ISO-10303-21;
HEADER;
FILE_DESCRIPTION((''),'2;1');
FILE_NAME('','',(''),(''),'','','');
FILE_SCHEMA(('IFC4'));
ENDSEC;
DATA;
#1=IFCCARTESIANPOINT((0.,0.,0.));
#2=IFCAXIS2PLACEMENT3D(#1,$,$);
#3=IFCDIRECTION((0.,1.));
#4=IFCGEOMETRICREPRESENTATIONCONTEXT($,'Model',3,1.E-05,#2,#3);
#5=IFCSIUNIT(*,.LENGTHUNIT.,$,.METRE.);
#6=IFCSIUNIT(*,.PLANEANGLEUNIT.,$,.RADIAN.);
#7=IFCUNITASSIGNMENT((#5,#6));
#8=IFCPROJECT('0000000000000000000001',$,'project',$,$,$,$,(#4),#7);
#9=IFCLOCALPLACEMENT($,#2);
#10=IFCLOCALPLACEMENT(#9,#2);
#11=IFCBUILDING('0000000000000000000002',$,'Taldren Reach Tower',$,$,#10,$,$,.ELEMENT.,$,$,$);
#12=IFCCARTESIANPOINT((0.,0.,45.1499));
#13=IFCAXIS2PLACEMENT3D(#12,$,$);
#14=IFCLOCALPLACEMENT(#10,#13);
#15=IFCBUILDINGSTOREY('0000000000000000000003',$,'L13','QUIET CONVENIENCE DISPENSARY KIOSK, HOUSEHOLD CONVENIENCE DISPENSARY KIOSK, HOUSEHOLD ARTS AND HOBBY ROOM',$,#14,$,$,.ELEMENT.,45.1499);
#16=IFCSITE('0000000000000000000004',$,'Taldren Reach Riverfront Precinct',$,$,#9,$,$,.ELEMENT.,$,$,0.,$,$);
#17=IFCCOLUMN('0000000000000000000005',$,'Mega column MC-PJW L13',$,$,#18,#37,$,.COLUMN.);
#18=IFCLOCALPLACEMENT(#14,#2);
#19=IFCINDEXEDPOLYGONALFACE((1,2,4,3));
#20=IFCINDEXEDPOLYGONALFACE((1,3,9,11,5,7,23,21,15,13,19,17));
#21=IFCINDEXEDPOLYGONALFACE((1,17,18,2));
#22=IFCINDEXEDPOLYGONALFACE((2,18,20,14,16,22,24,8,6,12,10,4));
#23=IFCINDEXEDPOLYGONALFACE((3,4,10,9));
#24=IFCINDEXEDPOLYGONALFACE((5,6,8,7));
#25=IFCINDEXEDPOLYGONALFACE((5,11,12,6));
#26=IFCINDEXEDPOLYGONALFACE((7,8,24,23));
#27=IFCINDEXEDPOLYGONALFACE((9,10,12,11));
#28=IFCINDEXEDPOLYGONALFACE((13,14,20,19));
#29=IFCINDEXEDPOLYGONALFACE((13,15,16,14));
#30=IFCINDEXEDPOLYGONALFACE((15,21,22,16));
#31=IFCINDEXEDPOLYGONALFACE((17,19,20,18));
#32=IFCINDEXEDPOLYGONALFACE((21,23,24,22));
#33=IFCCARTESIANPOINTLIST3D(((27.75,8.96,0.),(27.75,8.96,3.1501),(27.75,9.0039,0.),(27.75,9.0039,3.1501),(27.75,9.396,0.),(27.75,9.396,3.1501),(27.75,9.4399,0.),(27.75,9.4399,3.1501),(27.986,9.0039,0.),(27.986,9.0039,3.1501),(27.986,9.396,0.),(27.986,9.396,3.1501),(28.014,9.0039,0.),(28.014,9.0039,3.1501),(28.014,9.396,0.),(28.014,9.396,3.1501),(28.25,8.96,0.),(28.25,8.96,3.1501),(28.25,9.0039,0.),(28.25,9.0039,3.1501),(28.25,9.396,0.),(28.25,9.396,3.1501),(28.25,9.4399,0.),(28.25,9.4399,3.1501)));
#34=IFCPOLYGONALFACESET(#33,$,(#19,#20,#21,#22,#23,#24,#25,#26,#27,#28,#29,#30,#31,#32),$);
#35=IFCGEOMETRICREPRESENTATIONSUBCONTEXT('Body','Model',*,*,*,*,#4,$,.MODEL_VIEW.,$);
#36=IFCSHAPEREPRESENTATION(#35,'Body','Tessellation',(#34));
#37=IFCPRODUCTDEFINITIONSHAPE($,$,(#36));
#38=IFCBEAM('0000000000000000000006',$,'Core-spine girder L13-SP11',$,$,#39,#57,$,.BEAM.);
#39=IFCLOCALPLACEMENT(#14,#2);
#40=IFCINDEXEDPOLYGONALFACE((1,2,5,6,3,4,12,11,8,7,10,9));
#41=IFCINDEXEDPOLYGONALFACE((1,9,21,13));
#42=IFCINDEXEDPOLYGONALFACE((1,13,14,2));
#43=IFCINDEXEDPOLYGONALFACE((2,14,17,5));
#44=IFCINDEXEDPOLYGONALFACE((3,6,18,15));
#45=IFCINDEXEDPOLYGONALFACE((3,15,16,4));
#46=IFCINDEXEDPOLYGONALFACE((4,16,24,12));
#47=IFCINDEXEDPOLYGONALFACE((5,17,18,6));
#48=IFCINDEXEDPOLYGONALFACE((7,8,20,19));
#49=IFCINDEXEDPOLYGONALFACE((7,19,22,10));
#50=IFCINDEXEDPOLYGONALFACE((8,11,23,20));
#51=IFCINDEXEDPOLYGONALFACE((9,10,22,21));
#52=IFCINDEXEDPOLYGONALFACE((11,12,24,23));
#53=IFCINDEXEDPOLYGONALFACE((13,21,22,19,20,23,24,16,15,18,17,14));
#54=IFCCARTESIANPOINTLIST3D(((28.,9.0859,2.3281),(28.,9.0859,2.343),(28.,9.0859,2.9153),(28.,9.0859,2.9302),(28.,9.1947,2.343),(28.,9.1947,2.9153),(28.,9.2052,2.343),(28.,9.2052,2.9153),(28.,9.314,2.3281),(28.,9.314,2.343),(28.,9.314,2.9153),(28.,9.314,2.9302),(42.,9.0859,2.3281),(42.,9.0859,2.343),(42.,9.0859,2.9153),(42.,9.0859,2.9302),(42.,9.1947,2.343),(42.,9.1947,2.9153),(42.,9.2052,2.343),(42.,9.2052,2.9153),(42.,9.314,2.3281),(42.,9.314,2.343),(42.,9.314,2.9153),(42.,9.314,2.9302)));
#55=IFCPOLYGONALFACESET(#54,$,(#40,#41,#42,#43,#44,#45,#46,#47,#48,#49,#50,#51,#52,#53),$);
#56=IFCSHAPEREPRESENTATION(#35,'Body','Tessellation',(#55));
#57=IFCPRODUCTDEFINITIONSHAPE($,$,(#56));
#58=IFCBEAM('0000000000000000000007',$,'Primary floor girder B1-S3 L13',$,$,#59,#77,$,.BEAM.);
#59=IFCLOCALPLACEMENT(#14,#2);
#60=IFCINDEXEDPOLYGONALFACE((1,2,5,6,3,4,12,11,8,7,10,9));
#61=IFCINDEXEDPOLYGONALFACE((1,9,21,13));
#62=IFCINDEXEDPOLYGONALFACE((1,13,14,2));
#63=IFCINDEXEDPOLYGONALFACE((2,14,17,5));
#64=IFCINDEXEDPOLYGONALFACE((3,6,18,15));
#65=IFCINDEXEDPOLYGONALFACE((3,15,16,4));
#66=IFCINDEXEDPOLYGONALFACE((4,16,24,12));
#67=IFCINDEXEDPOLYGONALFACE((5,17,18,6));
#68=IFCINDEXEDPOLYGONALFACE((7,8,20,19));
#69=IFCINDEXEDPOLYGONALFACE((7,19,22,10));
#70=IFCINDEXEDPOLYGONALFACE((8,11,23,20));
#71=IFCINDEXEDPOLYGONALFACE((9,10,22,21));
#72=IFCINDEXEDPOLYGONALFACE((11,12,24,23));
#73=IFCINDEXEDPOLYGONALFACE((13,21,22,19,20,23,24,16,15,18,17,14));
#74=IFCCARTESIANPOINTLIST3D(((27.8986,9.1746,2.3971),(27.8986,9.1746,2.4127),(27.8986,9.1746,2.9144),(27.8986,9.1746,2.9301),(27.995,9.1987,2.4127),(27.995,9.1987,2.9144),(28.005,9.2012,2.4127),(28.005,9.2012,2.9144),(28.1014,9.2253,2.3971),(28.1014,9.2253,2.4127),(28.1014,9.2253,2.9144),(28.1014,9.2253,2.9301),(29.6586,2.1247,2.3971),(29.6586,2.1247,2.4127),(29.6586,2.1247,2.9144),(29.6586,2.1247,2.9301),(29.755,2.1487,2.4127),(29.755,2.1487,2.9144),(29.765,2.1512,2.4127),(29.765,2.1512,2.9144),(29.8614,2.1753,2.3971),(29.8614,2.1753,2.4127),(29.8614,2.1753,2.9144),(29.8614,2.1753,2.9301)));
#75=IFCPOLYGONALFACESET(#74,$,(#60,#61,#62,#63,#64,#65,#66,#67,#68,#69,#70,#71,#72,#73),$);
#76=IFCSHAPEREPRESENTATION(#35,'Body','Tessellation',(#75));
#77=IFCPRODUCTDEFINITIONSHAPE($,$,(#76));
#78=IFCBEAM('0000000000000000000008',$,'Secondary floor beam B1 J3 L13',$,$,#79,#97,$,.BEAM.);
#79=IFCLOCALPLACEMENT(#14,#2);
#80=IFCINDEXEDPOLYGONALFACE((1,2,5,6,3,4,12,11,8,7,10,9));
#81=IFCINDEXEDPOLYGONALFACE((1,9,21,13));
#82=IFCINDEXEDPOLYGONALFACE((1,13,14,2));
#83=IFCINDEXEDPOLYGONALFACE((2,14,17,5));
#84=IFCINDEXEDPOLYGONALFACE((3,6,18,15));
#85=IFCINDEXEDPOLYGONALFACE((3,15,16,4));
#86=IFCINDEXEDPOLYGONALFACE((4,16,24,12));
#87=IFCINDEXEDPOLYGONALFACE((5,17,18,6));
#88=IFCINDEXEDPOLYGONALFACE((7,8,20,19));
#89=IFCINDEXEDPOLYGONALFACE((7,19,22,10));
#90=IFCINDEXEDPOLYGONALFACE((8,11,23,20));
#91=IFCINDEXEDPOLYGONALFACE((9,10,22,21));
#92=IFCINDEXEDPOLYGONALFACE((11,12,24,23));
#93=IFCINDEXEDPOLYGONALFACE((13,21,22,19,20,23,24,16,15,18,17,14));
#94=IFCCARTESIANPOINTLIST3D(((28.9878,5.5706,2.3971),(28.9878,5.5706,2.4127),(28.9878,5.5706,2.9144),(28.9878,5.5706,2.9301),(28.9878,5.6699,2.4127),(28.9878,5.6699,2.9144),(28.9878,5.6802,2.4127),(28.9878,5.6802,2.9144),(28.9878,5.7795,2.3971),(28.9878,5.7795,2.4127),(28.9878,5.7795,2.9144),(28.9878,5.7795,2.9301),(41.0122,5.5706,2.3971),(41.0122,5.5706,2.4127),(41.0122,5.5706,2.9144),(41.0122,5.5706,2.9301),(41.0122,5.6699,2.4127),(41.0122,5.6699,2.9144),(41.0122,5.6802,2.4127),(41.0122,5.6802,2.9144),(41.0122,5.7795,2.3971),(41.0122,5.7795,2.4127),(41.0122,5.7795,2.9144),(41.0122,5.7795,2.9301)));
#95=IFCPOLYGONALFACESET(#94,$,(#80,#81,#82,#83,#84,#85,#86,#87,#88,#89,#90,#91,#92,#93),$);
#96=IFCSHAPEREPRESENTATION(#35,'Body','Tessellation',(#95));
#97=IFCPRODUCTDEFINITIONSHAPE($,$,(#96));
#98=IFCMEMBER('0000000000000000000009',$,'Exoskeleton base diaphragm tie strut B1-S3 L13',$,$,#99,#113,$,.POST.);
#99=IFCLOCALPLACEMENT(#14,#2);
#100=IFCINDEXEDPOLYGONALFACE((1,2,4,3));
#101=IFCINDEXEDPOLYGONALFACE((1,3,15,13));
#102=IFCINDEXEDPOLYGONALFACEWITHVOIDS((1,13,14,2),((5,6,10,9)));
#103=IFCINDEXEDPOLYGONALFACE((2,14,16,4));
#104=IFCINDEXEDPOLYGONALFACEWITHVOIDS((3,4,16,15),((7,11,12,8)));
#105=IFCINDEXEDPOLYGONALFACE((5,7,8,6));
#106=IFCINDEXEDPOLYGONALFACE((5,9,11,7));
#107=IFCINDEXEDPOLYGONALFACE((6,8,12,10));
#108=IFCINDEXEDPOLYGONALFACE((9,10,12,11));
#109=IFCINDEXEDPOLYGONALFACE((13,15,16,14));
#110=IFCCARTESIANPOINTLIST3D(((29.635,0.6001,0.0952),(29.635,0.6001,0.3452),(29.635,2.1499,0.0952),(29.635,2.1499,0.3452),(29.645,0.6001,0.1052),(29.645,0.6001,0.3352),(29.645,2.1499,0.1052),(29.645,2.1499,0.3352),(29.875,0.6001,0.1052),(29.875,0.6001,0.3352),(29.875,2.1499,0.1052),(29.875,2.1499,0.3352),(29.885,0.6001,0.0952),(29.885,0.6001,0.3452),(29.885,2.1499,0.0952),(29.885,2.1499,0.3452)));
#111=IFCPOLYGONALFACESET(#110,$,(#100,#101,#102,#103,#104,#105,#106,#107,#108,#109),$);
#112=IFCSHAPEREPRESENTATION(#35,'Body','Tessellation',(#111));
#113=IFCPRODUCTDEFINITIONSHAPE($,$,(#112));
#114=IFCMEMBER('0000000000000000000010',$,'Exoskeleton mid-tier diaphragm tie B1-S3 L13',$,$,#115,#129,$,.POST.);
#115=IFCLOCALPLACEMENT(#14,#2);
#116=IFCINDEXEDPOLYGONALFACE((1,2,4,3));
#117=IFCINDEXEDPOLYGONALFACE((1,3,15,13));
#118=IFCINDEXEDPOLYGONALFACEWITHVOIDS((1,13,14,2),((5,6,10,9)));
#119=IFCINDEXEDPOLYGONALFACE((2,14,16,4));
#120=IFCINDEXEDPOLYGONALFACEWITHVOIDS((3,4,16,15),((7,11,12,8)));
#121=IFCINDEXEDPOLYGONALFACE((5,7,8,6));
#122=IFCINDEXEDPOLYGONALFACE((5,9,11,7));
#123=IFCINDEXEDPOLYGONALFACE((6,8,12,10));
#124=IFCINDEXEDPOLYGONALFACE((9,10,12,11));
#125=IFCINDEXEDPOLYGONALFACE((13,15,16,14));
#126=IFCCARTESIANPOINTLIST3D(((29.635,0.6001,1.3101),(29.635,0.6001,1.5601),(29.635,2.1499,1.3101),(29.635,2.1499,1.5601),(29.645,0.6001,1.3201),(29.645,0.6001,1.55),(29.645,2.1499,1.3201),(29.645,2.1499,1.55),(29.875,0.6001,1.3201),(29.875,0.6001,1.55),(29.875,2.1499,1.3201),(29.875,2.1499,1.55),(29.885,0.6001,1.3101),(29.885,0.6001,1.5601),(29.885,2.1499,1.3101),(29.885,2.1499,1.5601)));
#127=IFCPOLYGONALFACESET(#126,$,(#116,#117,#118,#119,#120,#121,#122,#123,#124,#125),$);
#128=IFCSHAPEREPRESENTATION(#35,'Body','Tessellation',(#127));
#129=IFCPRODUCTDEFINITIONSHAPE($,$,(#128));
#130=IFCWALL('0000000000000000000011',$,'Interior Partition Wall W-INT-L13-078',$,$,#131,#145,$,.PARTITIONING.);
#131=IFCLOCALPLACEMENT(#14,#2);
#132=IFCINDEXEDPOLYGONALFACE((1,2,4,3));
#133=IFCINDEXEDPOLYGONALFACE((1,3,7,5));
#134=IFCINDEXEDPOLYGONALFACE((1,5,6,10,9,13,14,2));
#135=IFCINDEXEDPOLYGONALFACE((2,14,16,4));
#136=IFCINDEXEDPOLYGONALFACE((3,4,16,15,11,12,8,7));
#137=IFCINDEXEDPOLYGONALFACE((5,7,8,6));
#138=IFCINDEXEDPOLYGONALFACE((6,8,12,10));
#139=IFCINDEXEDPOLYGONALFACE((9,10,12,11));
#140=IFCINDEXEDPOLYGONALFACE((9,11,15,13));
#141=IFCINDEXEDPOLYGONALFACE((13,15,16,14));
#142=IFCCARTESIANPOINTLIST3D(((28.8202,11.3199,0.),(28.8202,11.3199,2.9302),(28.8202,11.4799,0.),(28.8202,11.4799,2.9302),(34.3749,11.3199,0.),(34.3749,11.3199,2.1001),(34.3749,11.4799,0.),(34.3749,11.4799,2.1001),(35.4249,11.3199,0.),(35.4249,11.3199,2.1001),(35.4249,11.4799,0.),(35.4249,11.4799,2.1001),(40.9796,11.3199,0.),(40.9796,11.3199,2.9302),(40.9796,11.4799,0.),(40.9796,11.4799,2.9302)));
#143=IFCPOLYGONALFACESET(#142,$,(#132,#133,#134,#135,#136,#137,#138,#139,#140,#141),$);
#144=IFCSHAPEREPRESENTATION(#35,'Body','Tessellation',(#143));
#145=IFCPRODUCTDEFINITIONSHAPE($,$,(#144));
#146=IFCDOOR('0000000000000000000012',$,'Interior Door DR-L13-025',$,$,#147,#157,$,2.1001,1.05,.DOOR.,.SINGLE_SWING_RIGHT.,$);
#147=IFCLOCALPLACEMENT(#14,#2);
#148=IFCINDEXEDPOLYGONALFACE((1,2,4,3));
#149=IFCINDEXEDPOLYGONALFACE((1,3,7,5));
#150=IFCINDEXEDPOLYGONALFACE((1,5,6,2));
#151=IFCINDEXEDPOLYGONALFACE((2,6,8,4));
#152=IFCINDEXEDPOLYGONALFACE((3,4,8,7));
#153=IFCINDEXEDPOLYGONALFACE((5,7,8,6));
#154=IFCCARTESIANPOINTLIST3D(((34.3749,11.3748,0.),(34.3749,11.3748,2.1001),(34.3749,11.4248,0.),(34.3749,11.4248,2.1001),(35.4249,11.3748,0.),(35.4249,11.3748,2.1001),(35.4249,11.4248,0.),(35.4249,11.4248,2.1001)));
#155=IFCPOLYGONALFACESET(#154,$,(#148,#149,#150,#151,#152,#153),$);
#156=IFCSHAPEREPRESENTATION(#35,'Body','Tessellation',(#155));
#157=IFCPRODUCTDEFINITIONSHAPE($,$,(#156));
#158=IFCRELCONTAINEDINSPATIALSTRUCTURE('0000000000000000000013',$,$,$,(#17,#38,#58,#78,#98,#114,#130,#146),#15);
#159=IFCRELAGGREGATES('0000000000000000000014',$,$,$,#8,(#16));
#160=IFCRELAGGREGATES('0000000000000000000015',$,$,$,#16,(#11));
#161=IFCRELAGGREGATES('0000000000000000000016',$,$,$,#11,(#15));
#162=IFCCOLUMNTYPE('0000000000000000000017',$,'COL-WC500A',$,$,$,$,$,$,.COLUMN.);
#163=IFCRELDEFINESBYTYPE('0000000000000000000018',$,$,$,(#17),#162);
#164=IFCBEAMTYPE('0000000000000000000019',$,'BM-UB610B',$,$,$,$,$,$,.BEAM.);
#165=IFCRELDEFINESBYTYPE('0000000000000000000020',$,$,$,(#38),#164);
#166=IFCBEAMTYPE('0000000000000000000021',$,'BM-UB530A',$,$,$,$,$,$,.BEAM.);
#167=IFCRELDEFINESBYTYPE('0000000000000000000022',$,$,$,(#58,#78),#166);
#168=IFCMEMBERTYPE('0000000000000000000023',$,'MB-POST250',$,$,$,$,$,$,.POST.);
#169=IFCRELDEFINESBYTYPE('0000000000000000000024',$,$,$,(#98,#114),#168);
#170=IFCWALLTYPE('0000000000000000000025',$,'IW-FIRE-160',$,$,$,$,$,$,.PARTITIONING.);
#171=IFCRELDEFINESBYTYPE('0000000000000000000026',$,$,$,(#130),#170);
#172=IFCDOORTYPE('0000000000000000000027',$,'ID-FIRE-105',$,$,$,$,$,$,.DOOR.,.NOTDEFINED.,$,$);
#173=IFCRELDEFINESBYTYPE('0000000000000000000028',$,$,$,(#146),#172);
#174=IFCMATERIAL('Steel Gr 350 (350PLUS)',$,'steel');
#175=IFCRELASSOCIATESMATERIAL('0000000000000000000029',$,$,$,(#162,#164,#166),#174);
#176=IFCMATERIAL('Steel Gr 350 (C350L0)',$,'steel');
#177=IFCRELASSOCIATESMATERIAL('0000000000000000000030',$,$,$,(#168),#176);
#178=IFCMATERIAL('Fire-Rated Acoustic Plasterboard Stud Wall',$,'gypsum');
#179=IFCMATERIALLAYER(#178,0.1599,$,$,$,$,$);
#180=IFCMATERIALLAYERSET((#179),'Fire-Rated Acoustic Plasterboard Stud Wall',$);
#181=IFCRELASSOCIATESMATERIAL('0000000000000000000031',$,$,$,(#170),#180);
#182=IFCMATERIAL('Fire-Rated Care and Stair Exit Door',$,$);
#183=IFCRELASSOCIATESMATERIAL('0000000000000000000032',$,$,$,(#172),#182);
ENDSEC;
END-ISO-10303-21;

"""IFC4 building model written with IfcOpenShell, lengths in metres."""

from ifc_helpers import new_model, si_unit, direction, frame, frame_2d, origin, origin_2d, place, context, subcontext, project, spatial, rectangle, hollow_rectangle, i_section, extrude, source, transform, mapped, material, layer, layer_set, material_profile, profile_set, type_object, element, fill, save


model = new_model("IFC4")

# Units and contexts
model_context = context("Model", 3, precision=1e-05, world=origin(), true_north=direction((0.0, 1.0)))
body_context = subcontext(model_context, "Body", "Model", "MODEL_VIEW")
ifc_project = project(units=[si_unit("LENGTHUNIT", "METRE"), si_unit("PLANEANGLEUNIT", "RADIAN")], contexts=[model_context])

# Site, building, storey
site_placement = place(None, origin())
site = spatial("IfcSite", under=ifc_project, at=site_placement, Name="Taldren Reach Riverfront Precinct", CompositionType="ELEMENT", RefElevation=0.0)
building_placement = place(site_placement, origin())
building = spatial("IfcBuilding", under=site, at=building_placement, Name="Taldren Reach Tower", CompositionType="ELEMENT")
storey_placement = place(building_placement, frame((0.0, 0.0, 45.1499)))
storey = spatial("IfcBuildingStorey", under=building, at=storey_placement, Name="L13", Description="QUIET CONVENIENCE DISPENSARY KIOSK, HOUSEHOLD CONVENIENCE DISPENSARY KIOSK, HOUSEHOLD ARTS AND HOBBY ROOM", CompositionType="ELEMENT", Elevation=45.1499)

# Column
ifc_material_1 = material(Name="Steel Gr 350 (350PLUS)", Category="steel")
ifc_material_profile_1 = material_profile(ifc_material_1, i_section(OverallWidth=0.5, OverallDepth=0.48, WebThickness=0.0281, FlangeThickness=0.0439, at=origin_2d()), Name="500WC440")
ifc_profile_set_1 = profile_set([ifc_material_profile_1], Name="Steel Gr 350 (350PLUS)")
column_type = type_object("IfcColumnType", Name="COL-WC500A", PredefinedType="COLUMN", material=ifc_profile_set_1)
shared_shape_1 = source(origin(), body_context, "Body", "SweptSolid", [
    extrude(i_section(OverallWidth=0.5, OverallDepth=0.48, WebThickness=0.0281, FlangeThickness=0.0439, at=origin_2d()), origin(), (0.0, 0.0, 1.0), 3.1501),
])
column_placement = place(storey_placement, frame((28.0, 9.2, 0.0), z_axis=(0.0, 0.0, 1.0), x_axis=(1.0, 0.0, 0.0)))
element("IfcColumn", 1, at=column_placement, inside=storey, type_object=column_type, Name="Mega column MC-PJW L13", PredefinedType="COLUMN", context=body_context, shape_type="MappedRepresentation", body=[
    mapped(shared_shape_1, transform((0.0, 0.0, 0.0), scale=1.0)),
])

# Beams
ifc_material_profile_2 = material_profile(ifc_material_1, i_section(OverallWidth=0.228, OverallDepth=0.6021, WebThickness=0.0105, FlangeThickness=0.0149, at=origin_2d()), Name="610UB101")
ifc_profile_set_2 = profile_set([ifc_material_profile_2], Name="Steel Gr 350 (350PLUS)")
beam_type_1 = type_object("IfcBeamType", Name="BM-UB610B", PredefinedType="BEAM", material=ifc_profile_set_2)
shared_shape_2 = source(origin(), body_context, "Body", "SweptSolid", [
    extrude(i_section(OverallWidth=0.228, OverallDepth=0.6021, WebThickness=0.0105, FlangeThickness=0.0149, at=origin_2d()), origin(), (0.0, 0.0, 1.0), 14.0),
])
beam_1_placement = place(storey_placement, frame((28.0, 9.2, 2.6292), z_axis=(1.0, 0.0, 0.0), x_axis=(0.0, 1.0, 0.0)))
element("IfcBeam", 2, at=beam_1_placement, inside=storey, type_object=beam_type_1, Name="Core-spine girder L13-SP11", PredefinedType="BEAM", context=body_context, shape_type="MappedRepresentation", body=[
    mapped(shared_shape_2, transform((0.0, 0.0, 0.0), scale=1.0)),
])
ifc_material_profile_3 = material_profile(ifc_material_1, i_section(OverallWidth=0.209, OverallDepth=0.533, WebThickness=0.0103, FlangeThickness=0.0156, at=origin_2d()), Name="530UB92.4")
ifc_profile_set_3 = profile_set([ifc_material_profile_3], Name="Steel Gr 350 (350PLUS)")
beam_type_2 = type_object("IfcBeamType", Name="BM-UB530A", PredefinedType="BEAM", material=ifc_profile_set_3)
shared_shape_3 = source(origin(), body_context, "Body", "SweptSolid", [
    extrude(i_section(OverallWidth=0.209, OverallDepth=0.533, WebThickness=0.0103, FlangeThickness=0.0156, at=origin_2d()), origin(), (0.0, 0.0, 1.0), 7.2664),
])
beam_2_placement = place(storey_placement, frame((28.0, 9.2, 2.6636), z_axis=(0.242211, -0.970223, 0.0), x_axis=(0.970223, 0.242211, 0.0)))
element("IfcBeam", 3, at=beam_2_placement, inside=storey, type_object=beam_type_2, Name="Primary floor girder B1-S3 L13", PredefinedType="BEAM", context=body_context, shape_type="MappedRepresentation", body=[
    mapped(shared_shape_3, transform((0.0, 0.0, 0.0), scale=1.0)),
])
shared_shape_4 = source(origin(), body_context, "Body", "SweptSolid", [
    extrude(i_section(OverallWidth=0.209, OverallDepth=0.533, WebThickness=0.0103, FlangeThickness=0.0156, at=origin_2d()), origin(), (0.0, 0.0, 1.0), 12.0244),
])
beam_3_placement = place(storey_placement, frame((28.9878, 5.675, 2.6636), z_axis=(1.0, 0.0, 0.0), x_axis=(0.0, 1.0, 0.0)))
element("IfcBeam", 4, at=beam_3_placement, inside=storey, type_object=beam_type_2, Name="Secondary floor beam B1 J3 L13", PredefinedType="BEAM", context=body_context, shape_type="MappedRepresentation", body=[
    mapped(shared_shape_4, transform((0.0, 0.0, 0.0), scale=1.0)),
])

# Members
ifc_material_2 = material(Name="Steel Gr 350 (C350L0)", Category="steel")
ifc_material_profile_4 = material_profile(ifc_material_2, hollow_rectangle(XDim=0.25, YDim=0.25, WallThickness=0.01, at=origin_2d()), Name="250x250x10.0SHS")
ifc_profile_set_4 = profile_set([ifc_material_profile_4], Name="Steel Gr 350 (C350L0)")
member_type = type_object("IfcMemberType", Name="MB-POST250", PredefinedType="POST", material=ifc_profile_set_4)
shared_shape_5 = source(origin(), body_context, "Body", "SweptSolid", [
    extrude(hollow_rectangle(XDim=0.25, YDim=0.25, WallThickness=0.01, at=origin_2d()), origin(), (0.0, 0.0, 1.0), 1.5498),
])
for number, where, z_axis, x_axis, name in (
    (5, (29.76, 2.1499, 0.2202), (0.0, -1.0, 0.0), (1.0, 0.0, 0.0), "Exoskeleton base diaphragm tie strut B1-S3 L13"),
    (6, (29.76, 2.1499, 1.4351), (0.0, -1.0, 0.0), (1.0, 0.0, 0.0), "Exoskeleton mid-tier diaphragm tie B1-S3 L13"),
):
    element("IfcMember", number, at=place(storey_placement, frame(where, z_axis=z_axis, x_axis=x_axis)), inside=storey, type_object=member_type, Name=name, PredefinedType="POST", context=body_context, shape_type="MappedRepresentation", body=[
        mapped(shared_shape_5, transform((0.0, 0.0, 0.0), scale=1.0)),
    ])

# Wall, opening, door
ifc_material_3 = material(Name="Fire-Rated Acoustic Plasterboard Stud Wall", Category="gypsum")
ifc_layer_1 = layer(ifc_material_3, 0.1599)
ifc_layer_set_1 = layer_set([ifc_layer_1], Name="Fire-Rated Acoustic Plasterboard Stud Wall")
wall_type_1 = type_object("IfcWallType", Name="IW-FIRE-160", PredefinedType="PARTITIONING", material=ifc_layer_set_1)
shared_shape_6 = source(origin(), body_context, "Body", "SweptSolid", [
    extrude(rectangle(XDim=12.1594, YDim=0.1599, at=frame_2d((6.0796, 0.0))), origin(), (0.0, 0.0, 1.0), 2.9302),
])
wall_1_placement = place(storey_placement, frame((28.8203, 11.3999, 0.0), z_axis=(0.0, 0.0, 1.0), x_axis=(1.0, 0.0, 0.0)))
wall_1 = element("IfcWall", 7, at=wall_1_placement, inside=storey, type_object=wall_type_1, Name="Interior Partition Wall W-INT-L13-078", PredefinedType="PARTITIONING", context=body_context, shape_type="MappedRepresentation", body=[
    mapped(shared_shape_6, transform((0.0, 0.0, 0.0), scale=1.0)),
])
shared_shape_7 = source(origin(), body_context, "Body", "SweptSolid", [
    extrude(rectangle(XDim=1.05, YDim=2.1001, at=frame_2d((0.5249, 1.05))), frame((0.0, 0.0898, 0.0), z_axis=(0.0, -1.0, 0.0), x_axis=(1.0, 0.0, 0.0)), (0.0, 0.0, 1.0), 0.1799),
])
opening_1_placement = place(wall_1_placement, frame((5.5547, 0.0, 0.0)))
opening_1 = element("IfcOpeningElement", 8, at=opening_1_placement, cuts=wall_1, PredefinedType="OPENING", context=body_context, shape_type="MappedRepresentation", body=[
    mapped(shared_shape_7, transform((0.0, 0.0, 0.0), scale=1.0)),
])
ifc_material_4 = material(Name="Fire-Rated Care and Stair Exit Door")
door_type_1 = type_object("IfcDoorType", Name="ID-FIRE-105", OperationType="NOTDEFINED", PredefinedType="DOOR", material=ifc_material_4)
shared_shape_8 = source(origin(), body_context, "Body", "SweptSolid", [
    extrude(rectangle(XDim=1.05, YDim=2.1001, at=frame_2d((0.5249, 1.05))), frame((0.0, 0.0249, 0.0), z_axis=(0.0, -1.0, 0.0), x_axis=(1.0, 0.0, 0.0)), (0.0, 0.0, 1.0), 0.05),
])
door_1_placement = place(opening_1_placement, origin())
door_1 = element("IfcDoor", 9, at=door_1_placement, inside=storey, type_object=door_type_1, Name="Interior Door DR-L13-025", OperationType="SINGLE_SWING_RIGHT", OverallHeight=2.1001, OverallWidth=1.05, PredefinedType="DOOR", context=body_context, shape_type="MappedRepresentation", body=[
    mapped(shared_shape_8, transform((0.0, 0.0, 0.0), scale=1.0)),
])
fill(opening_1, door_1)

save(model, "model.ifc")
